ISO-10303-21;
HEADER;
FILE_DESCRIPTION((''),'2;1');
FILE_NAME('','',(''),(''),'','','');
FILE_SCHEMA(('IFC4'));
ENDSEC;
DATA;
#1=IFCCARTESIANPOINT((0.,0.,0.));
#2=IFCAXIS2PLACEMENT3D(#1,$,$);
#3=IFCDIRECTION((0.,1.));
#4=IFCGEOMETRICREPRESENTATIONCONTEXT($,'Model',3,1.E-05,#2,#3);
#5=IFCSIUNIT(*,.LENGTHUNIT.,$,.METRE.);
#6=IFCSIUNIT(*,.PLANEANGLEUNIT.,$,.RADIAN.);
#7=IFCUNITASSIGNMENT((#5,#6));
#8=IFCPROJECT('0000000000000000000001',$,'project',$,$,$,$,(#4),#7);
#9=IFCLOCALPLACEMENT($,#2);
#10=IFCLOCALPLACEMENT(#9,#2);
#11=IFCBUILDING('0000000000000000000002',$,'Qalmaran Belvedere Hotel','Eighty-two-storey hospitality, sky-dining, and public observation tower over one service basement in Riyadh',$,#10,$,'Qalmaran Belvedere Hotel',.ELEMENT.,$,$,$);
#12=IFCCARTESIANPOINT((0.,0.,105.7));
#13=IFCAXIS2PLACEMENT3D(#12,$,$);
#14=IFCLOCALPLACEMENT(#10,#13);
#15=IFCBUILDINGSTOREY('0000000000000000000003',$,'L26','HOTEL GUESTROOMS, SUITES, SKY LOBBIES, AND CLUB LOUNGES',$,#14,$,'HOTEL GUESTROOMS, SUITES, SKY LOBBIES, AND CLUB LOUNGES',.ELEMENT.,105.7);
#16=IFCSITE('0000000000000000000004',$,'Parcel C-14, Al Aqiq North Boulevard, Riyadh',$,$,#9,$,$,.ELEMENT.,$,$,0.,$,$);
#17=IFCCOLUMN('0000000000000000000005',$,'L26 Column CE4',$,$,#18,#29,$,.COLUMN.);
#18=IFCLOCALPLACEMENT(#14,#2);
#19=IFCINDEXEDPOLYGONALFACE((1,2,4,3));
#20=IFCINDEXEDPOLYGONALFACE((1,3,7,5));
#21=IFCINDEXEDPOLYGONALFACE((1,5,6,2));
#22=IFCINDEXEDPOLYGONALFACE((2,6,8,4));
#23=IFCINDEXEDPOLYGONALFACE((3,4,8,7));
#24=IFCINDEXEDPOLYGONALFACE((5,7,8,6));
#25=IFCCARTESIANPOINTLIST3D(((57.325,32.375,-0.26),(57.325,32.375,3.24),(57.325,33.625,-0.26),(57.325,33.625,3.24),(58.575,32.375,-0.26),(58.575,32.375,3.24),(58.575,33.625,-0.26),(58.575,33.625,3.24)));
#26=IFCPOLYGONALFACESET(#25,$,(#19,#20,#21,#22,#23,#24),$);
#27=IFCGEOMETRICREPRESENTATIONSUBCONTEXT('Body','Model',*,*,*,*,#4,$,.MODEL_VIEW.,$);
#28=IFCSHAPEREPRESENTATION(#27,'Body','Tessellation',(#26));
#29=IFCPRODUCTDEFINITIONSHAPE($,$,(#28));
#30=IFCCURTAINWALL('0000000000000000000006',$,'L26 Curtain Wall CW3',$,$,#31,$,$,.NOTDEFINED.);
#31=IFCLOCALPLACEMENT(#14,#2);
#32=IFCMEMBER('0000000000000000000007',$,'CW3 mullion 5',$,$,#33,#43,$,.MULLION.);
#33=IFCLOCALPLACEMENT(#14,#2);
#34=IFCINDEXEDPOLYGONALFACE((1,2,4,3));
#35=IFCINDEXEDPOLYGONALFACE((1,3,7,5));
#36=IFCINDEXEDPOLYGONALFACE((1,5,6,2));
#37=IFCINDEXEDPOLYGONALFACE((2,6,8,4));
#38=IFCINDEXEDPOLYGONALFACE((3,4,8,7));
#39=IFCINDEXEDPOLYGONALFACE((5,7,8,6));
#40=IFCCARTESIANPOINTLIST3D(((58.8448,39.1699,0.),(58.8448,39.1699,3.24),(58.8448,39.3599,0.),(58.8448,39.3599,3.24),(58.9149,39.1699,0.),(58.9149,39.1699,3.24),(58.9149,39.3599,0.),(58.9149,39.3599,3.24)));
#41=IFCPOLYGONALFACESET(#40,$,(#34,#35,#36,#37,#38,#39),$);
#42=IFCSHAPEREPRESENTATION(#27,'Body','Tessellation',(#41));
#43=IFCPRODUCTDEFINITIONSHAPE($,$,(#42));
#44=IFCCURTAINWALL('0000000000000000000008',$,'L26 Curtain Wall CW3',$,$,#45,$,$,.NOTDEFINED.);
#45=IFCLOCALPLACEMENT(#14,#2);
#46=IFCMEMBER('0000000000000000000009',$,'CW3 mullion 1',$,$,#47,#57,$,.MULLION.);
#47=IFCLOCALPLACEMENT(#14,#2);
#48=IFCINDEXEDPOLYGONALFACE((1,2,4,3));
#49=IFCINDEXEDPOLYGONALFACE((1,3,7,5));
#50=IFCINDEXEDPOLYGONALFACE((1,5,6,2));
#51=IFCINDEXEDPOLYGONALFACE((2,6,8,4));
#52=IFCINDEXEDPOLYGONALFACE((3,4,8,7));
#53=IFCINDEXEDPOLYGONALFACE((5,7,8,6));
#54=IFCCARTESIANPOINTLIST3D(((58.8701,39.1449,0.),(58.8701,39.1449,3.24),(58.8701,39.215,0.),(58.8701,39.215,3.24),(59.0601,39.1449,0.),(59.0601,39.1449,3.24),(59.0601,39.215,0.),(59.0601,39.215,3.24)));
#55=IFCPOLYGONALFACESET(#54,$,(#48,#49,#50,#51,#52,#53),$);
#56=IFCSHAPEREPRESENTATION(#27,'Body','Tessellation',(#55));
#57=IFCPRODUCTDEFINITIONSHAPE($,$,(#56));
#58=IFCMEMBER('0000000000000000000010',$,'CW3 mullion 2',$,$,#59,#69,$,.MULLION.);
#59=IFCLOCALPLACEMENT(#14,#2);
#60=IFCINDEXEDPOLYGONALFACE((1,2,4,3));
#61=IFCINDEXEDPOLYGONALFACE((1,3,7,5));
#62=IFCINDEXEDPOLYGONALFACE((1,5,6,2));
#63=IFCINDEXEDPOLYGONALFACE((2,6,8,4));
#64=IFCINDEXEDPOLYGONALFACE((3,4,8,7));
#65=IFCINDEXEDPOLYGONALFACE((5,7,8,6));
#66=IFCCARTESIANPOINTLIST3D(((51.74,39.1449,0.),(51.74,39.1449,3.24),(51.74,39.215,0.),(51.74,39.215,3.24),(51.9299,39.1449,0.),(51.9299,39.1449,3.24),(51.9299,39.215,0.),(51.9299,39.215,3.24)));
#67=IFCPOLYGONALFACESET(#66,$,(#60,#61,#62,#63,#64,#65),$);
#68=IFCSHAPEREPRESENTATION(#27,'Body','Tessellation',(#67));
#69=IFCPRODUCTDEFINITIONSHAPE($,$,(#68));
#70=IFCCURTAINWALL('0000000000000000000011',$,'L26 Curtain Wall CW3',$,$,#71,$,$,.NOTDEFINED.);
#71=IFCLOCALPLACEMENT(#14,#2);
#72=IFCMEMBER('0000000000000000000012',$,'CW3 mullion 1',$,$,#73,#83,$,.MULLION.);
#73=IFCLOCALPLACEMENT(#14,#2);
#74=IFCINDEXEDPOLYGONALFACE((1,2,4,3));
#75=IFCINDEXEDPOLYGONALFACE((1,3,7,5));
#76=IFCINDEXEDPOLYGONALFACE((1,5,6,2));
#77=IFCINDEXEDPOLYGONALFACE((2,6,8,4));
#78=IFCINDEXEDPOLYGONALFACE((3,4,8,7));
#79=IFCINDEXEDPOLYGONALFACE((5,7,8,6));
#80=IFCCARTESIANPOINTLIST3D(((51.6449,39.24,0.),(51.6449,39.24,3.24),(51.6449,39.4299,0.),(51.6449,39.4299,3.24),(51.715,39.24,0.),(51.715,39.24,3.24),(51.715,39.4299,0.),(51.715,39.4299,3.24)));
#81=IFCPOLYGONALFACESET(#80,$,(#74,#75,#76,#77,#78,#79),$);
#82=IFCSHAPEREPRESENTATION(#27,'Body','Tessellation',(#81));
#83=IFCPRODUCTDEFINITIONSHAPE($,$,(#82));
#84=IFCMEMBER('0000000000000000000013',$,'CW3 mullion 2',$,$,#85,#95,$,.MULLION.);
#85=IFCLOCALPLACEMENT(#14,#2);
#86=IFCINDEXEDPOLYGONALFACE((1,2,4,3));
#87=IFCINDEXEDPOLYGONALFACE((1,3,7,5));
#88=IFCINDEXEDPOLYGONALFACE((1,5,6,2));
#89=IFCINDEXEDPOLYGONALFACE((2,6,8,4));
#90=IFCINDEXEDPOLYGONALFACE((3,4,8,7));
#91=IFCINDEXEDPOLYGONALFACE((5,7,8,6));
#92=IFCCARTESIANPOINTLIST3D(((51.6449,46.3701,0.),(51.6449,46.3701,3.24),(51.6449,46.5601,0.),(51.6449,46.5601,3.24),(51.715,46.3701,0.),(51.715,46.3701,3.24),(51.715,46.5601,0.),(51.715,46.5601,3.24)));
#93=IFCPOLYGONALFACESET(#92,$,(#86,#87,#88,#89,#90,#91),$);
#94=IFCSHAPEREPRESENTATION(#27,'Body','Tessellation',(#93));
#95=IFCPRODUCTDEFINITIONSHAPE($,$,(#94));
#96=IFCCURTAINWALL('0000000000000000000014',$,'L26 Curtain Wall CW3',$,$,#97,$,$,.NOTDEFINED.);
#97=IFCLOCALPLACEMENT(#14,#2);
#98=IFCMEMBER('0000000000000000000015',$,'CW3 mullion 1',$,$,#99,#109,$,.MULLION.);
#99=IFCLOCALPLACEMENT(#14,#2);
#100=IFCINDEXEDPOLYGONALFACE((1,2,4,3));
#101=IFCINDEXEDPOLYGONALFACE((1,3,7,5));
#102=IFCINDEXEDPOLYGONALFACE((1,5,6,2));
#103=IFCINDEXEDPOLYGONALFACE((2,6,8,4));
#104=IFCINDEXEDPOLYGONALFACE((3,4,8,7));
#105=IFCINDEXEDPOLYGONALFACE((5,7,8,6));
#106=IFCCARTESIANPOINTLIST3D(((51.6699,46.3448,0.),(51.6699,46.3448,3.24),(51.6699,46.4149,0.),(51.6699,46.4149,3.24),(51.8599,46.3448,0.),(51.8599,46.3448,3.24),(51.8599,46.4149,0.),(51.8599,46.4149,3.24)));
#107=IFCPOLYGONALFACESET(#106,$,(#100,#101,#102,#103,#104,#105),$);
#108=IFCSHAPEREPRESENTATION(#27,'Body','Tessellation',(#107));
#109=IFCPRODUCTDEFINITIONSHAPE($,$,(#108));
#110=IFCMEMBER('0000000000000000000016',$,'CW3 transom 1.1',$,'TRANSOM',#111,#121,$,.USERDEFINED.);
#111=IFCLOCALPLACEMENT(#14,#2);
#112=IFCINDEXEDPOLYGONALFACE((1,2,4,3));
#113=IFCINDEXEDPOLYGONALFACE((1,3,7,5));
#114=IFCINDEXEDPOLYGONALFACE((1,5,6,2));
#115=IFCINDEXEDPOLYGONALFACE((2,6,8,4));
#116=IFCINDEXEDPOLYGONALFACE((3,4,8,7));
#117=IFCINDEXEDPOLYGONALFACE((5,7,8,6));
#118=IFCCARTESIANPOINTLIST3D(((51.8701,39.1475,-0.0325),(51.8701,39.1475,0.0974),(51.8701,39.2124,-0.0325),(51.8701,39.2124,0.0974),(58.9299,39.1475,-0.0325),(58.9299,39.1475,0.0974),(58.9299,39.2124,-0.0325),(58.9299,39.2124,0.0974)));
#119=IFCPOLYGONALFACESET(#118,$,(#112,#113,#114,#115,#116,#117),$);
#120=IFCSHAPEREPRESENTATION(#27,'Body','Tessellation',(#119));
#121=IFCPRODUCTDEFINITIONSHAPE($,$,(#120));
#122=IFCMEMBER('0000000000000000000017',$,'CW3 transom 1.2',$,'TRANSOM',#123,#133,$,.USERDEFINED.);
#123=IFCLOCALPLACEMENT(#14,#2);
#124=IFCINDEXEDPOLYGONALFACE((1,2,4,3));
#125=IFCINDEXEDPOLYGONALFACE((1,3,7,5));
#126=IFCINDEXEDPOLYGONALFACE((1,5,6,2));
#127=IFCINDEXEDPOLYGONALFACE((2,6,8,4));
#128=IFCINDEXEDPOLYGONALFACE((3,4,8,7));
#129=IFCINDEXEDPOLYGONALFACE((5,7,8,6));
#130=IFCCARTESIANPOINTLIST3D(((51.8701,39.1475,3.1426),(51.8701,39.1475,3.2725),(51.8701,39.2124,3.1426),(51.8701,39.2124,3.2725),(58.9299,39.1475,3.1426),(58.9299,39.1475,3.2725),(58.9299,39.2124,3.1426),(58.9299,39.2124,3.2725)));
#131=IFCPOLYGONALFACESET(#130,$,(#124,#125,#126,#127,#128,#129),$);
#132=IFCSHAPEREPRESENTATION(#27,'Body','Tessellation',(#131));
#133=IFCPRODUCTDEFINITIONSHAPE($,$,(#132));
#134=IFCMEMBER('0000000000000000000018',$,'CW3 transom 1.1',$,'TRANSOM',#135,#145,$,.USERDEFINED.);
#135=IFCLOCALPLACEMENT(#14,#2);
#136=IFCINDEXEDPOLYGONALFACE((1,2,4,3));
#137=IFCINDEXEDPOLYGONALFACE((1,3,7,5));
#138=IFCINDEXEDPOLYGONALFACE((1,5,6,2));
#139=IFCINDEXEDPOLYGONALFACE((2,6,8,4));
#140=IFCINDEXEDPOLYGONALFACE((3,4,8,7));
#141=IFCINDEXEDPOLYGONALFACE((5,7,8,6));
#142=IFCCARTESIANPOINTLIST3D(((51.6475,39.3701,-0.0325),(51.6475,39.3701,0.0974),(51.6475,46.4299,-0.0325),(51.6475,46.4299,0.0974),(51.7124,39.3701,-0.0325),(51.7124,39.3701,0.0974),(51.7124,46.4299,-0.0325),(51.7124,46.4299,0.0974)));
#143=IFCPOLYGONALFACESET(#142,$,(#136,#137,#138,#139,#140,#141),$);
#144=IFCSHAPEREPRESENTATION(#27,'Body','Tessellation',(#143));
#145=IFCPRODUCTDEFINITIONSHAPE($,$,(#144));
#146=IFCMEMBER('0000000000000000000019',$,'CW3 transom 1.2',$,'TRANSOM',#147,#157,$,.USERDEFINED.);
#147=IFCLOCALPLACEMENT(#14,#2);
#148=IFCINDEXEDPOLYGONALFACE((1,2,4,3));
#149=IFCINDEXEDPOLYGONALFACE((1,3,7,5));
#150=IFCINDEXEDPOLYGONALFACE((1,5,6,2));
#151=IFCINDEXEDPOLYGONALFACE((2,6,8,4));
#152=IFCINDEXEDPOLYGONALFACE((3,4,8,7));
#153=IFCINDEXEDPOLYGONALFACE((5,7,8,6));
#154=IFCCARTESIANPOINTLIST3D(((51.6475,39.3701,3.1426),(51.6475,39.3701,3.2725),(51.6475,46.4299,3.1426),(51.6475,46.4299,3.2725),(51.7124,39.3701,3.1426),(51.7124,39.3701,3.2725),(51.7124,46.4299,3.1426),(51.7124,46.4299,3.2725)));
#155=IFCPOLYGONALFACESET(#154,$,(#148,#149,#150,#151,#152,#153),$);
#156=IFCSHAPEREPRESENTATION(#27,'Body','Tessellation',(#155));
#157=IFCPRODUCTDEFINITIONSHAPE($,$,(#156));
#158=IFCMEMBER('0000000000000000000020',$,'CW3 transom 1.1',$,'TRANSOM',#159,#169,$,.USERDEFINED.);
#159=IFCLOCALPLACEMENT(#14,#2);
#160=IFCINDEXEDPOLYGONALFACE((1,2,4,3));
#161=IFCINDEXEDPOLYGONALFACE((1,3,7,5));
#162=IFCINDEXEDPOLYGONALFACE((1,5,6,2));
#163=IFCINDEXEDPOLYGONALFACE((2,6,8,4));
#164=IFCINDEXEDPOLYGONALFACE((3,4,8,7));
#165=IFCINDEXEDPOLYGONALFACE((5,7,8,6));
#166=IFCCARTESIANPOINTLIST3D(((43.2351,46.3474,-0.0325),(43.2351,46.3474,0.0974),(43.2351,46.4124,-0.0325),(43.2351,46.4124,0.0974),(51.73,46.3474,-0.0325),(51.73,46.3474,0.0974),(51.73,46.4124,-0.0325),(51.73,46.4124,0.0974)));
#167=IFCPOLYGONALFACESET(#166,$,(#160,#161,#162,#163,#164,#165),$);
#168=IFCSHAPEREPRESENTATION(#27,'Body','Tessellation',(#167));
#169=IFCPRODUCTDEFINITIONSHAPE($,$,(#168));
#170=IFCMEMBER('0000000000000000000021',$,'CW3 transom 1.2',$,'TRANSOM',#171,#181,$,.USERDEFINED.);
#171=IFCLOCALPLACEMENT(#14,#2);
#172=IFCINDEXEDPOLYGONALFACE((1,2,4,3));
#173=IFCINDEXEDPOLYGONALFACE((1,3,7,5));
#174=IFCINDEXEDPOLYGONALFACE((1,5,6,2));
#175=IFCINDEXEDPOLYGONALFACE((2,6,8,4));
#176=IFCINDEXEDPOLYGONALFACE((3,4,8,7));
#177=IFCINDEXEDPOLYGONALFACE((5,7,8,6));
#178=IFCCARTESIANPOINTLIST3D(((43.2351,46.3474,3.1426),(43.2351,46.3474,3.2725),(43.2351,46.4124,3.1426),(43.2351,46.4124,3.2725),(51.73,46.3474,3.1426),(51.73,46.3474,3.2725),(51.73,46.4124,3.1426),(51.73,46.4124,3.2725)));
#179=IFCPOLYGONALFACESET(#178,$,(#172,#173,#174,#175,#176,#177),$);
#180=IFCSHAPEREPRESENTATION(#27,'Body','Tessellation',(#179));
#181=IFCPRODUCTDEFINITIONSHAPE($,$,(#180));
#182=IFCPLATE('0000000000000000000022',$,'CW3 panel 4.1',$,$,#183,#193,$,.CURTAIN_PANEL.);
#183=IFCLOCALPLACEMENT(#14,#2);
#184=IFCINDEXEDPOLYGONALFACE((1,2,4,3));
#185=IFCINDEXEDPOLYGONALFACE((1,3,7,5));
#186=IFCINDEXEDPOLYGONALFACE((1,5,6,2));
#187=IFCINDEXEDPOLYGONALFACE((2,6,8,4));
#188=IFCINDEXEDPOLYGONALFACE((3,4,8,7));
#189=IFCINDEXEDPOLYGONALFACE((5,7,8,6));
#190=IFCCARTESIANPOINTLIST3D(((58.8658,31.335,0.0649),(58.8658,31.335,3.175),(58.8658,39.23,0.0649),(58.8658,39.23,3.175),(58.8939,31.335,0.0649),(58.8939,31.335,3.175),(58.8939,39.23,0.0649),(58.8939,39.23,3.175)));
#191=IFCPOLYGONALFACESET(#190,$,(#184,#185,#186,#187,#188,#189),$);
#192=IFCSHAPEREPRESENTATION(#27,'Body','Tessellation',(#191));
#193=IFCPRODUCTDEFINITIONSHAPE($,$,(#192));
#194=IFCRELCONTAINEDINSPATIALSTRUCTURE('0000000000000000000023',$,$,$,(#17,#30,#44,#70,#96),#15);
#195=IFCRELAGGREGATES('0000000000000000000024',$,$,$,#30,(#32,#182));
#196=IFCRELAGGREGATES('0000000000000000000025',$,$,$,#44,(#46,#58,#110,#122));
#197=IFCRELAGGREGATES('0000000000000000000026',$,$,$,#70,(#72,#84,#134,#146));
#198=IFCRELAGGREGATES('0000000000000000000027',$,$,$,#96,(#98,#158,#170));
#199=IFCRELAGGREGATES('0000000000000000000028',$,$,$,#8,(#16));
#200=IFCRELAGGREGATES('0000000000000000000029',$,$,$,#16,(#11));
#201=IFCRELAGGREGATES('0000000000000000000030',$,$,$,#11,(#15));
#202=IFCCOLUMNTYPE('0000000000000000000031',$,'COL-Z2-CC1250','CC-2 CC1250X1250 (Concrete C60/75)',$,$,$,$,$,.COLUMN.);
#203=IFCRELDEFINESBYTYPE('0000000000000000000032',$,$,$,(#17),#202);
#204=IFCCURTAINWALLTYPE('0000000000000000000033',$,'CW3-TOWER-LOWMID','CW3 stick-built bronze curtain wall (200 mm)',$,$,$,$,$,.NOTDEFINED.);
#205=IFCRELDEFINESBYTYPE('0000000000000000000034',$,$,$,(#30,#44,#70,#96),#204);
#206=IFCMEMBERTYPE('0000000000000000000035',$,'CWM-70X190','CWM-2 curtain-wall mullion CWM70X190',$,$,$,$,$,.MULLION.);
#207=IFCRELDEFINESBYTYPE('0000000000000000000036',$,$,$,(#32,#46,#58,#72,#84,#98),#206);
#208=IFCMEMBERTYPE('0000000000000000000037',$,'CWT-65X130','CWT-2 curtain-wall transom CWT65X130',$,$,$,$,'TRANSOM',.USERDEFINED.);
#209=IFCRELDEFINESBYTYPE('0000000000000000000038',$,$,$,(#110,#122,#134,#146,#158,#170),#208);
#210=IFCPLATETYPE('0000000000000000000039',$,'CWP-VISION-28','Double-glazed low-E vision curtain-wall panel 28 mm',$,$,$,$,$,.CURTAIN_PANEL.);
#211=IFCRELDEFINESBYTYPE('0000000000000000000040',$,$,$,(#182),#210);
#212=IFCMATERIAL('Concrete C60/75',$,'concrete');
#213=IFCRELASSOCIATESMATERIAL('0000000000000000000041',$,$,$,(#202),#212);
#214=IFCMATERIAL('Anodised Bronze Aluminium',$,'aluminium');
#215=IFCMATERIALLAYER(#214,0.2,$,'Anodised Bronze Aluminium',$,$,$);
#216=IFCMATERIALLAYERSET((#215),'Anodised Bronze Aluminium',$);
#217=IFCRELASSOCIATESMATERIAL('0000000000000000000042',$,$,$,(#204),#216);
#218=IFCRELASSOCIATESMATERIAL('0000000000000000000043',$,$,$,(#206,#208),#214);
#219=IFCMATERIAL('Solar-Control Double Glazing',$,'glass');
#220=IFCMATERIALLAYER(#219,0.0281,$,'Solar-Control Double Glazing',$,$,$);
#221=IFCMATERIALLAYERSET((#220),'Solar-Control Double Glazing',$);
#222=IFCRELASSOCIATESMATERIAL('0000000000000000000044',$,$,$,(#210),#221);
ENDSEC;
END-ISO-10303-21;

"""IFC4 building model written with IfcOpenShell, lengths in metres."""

from ifc_helpers import new_model, si_unit, direction, frame, origin, origin_2d, place, context, subcontext, project, spatial, rectangle, extrude, material, layer, layer_set, material_profile, profile_set, type_object, element, aggregate, save


model = new_model("IFC4")

# Units and contexts
model_context = context("Model", 3, precision=1e-05, world=origin(), true_north=direction((0.0, 1.0)))
body_context = subcontext(model_context, "Body", "Model", "MODEL_VIEW")
ifc_project = project(units=[si_unit("LENGTHUNIT", "METRE"), si_unit("PLANEANGLEUNIT", "RADIAN")], contexts=[model_context])

# Site, building, storey
site_placement = place(None, origin())
site = spatial("IfcSite", under=ifc_project, at=site_placement, Name="Parcel C-14, Al Aqiq North Boulevard, Riyadh", CompositionType="ELEMENT", RefElevation=0.0)
building_placement = place(site_placement, origin())
building = spatial("IfcBuilding", under=site, at=building_placement, Name="Qalmaran Belvedere Hotel", Description="Eighty-two-storey hospitality, sky-dining, and public observation tower over one service basement in Riyadh", LongName="Qalmaran Belvedere Hotel", CompositionType="ELEMENT")
storey_placement = place(building_placement, frame((0.0, 0.0, 105.7)))
storey = spatial("IfcBuildingStorey", under=building, at=storey_placement, Name="L26", Description="HOTEL GUESTROOMS, SUITES, SKY LOBBIES, AND CLUB LOUNGES", LongName="HOTEL GUESTROOMS, SUITES, SKY LOBBIES, AND CLUB LOUNGES", CompositionType="ELEMENT", Elevation=105.7)

# Column
ifc_material_1 = material(Name="Concrete C60/75", Category="concrete")
ifc_material_profile_1 = material_profile(ifc_material_1, rectangle(XDim=1.25, YDim=1.25, at=origin_2d()), Name="CC1250X1250")
ifc_profile_set_1 = profile_set([ifc_material_profile_1], Name="Concrete C60/75")
column_type = type_object("IfcColumnType", Name="COL-Z2-CC1250", Description="CC-2 CC1250X1250 (Concrete C60/75)", PredefinedType="COLUMN", material=ifc_profile_set_1)
column_placement = place(storey_placement, frame((57.95, 33.0, -0.26), z_axis=(0.0, 0.0, 1.0), x_axis=(1.0, 0.0, 0.0)))
element("IfcColumn", 1, at=column_placement, inside=storey, type_object=column_type, Name="L26 Column CE4", PredefinedType="COLUMN", context=body_context, shape_type="SweptSolid", body=[
    extrude(rectangle(XDim=1.25, YDim=1.25, at=origin_2d()), origin(), (0.0, 0.0, 1.0), 3.5),
])

# Curtain wall, member
ifc_material_2 = material(Name="Anodised Bronze Aluminium", Category="aluminium")
ifc_layer_1 = layer(ifc_material_2, 0.2, Name="Anodised Bronze Aluminium")
ifc_layer_set_1 = layer_set([ifc_layer_1], Name="Anodised Bronze Aluminium")
curtain_wall_type = type_object("IfcCurtainWallType", Name="CW3-TOWER-LOWMID", Description="CW3 stick-built bronze curtain wall (200 mm)", PredefinedType="NOTDEFINED", material=ifc_layer_set_1)
curtain_wall_1_placement = place(storey_placement, origin())
curtain_wall_1 = element("IfcCurtainWall", 2, at=curtain_wall_1_placement, inside=storey, type_object=curtain_wall_type, Name="L26 Curtain Wall CW3", PredefinedType="NOTDEFINED")
ifc_material_profile_2 = material_profile(ifc_material_2, rectangle(XDim=0.0701, YDim=0.1899, at=origin_2d()), Name="CWM70X190")
ifc_profile_set_2 = profile_set([ifc_material_profile_2], Name="Anodised Bronze Aluminium")
member_type_1 = type_object("IfcMemberType", Name="CWM-70X190", Description="CWM-2 curtain-wall mullion CWM70X190", PredefinedType="MULLION", material=ifc_profile_set_2)
member_1_placement = place(storey_placement, frame((58.8799, 39.2649, 0.0), z_axis=(0.0, 0.0, 1.0), x_axis=(-1.0, 0.0, 0.0)))
member_1 = element("IfcMember", 3, at=member_1_placement, type_object=member_type_1, Name="CW3 mullion 5", PredefinedType="MULLION", context=body_context, shape_type="SweptSolid", body=[
    extrude(rectangle(XDim=0.0701, YDim=0.1899, at=origin_2d()), origin(), (0.0, 0.0, 1.0), 3.24),
])

# Curtain walls, members
curtain_wall_2_placement = place(storey_placement, origin())
curtain_wall_2 = element("IfcCurtainWall", 4, at=curtain_wall_2_placement, inside=storey, type_object=curtain_wall_type, Name="L26 Curtain Wall CW3", PredefinedType="NOTDEFINED")
member_2_placement = place(storey_placement, frame((58.9651, 39.1799, 0.0), z_axis=(0.0, 0.0, 1.0), x_axis=(0.0, -1.0, 0.0)))
member_2 = element("IfcMember", 5, at=member_2_placement, type_object=member_type_1, Name="CW3 mullion 1", PredefinedType="MULLION", context=body_context, shape_type="SweptSolid", body=[
    extrude(rectangle(XDim=0.0701, YDim=0.1899, at=origin_2d()), origin(), (0.0, 0.0, 1.0), 3.24),
])
member_3_placement = place(storey_placement, frame((51.835, 39.1799, 0.0), z_axis=(0.0, 0.0, 1.0), x_axis=(0.0, -1.0, 0.0)))
member_3 = element("IfcMember", 6, at=member_3_placement, type_object=member_type_1, Name="CW3 mullion 2", PredefinedType="MULLION", context=body_context, shape_type="SweptSolid", body=[
    extrude(rectangle(XDim=0.0701, YDim=0.1899, at=origin_2d()), origin(), (0.0, 0.0, 1.0), 3.24),
])
curtain_wall_3_placement = place(storey_placement, origin())
curtain_wall_3 = element("IfcCurtainWall", 7, at=curtain_wall_3_placement, inside=storey, type_object=curtain_wall_type, Name="L26 Curtain Wall CW3", PredefinedType="NOTDEFINED")
member_4_placement = place(storey_placement, frame((51.6799, 39.335, 0.0), z_axis=(0.0, 0.0, 1.0), x_axis=(-1.0, 0.0, 0.0)))
member_4 = element("IfcMember", 8, at=member_4_placement, type_object=member_type_1, Name="CW3 mullion 1", PredefinedType="MULLION", context=body_context, shape_type="SweptSolid", body=[
    extrude(rectangle(XDim=0.0701, YDim=0.1899, at=origin_2d()), origin(), (0.0, 0.0, 1.0), 3.24),
])
member_5_placement = place(storey_placement, frame((51.6799, 46.4651, 0.0), z_axis=(0.0, 0.0, 1.0), x_axis=(-1.0, 0.0, 0.0)))
member_5 = element("IfcMember", 9, at=member_5_placement, type_object=member_type_1, Name="CW3 mullion 2", PredefinedType="MULLION", context=body_context, shape_type="SweptSolid", body=[
    extrude(rectangle(XDim=0.0701, YDim=0.1899, at=origin_2d()), origin(), (0.0, 0.0, 1.0), 3.24),
])

# Curtain wall, member
curtain_wall_4_placement = place(storey_placement, origin())
curtain_wall_4 = element("IfcCurtainWall", 10, at=curtain_wall_4_placement, inside=storey, type_object=curtain_wall_type, Name="L26 Curtain Wall CW3", PredefinedType="NOTDEFINED")
member_6_placement = place(storey_placement, frame((51.7649, 46.3799, 0.0), z_axis=(0.0, 0.0, 1.0), x_axis=(0.0, -1.0, 0.0)))
member_6 = element("IfcMember", 11, at=member_6_placement, type_object=member_type_1, Name="CW3 mullion 1", PredefinedType="MULLION", context=body_context, shape_type="SweptSolid", body=[
    extrude(rectangle(XDim=0.0701, YDim=0.1899, at=origin_2d()), origin(), (0.0, 0.0, 1.0), 3.24),
])

# Members
ifc_material_profile_3 = material_profile(ifc_material_2, rectangle(XDim=0.0649, YDim=0.1299, at=origin_2d()), Name="CWT65X130")
ifc_profile_set_3 = profile_set([ifc_material_profile_3], Name="Anodised Bronze Aluminium")
member_type_2 = type_object("IfcMemberType", Name="CWT-65X130", Description="CWT-2 curtain-wall transom CWT65X130", ElementType="TRANSOM", PredefinedType="USERDEFINED", material=ifc_profile_set_3)
member_7_placement = place(storey_placement, frame((58.9299, 39.1799, 0.0325), z_axis=(-1.0, 0.0, 0.0), x_axis=(0.0, -1.0, 0.0)))
member_7 = element("IfcMember", 12, at=member_7_placement, type_object=member_type_2, Name="CW3 transom 1.1", ObjectType="TRANSOM", PredefinedType="USERDEFINED", context=body_context, shape_type="SweptSolid", body=[
    extrude(rectangle(XDim=0.0649, YDim=0.1299, at=origin_2d()), origin(), (0.0, 0.0, 1.0), 7.0598),
])
member_8_placement = place(storey_placement, frame((58.9299, 39.1799, 3.2075), z_axis=(-1.0, 0.0, 0.0), x_axis=(0.0, -1.0, 0.0)))
member_8 = element("IfcMember", 13, at=member_8_placement, type_object=member_type_2, Name="CW3 transom 1.2", ObjectType="TRANSOM", PredefinedType="USERDEFINED", context=body_context, shape_type="SweptSolid", body=[
    extrude(rectangle(XDim=0.0649, YDim=0.1299, at=origin_2d()), origin(), (0.0, 0.0, 1.0), 7.0598),
])
member_9_placement = place(storey_placement, frame((51.6799, 39.3701, 0.0325), z_axis=(0.0, 1.0, 0.0), x_axis=(-1.0, 0.0, 0.0)))
member_9 = element("IfcMember", 14, at=member_9_placement, type_object=member_type_2, Name="CW3 transom 1.1", ObjectType="TRANSOM", PredefinedType="USERDEFINED", context=body_context, shape_type="SweptSolid", body=[
    extrude(rectangle(XDim=0.0649, YDim=0.1299, at=origin_2d()), origin(), (0.0, 0.0, 1.0), 7.0598),
])
member_10_placement = place(storey_placement, frame((51.6799, 39.3701, 3.2075), z_axis=(0.0, 1.0, 0.0), x_axis=(-1.0, 0.0, 0.0)))
member_10 = element("IfcMember", 15, at=member_10_placement, type_object=member_type_2, Name="CW3 transom 1.2", ObjectType="TRANSOM", PredefinedType="USERDEFINED", context=body_context, shape_type="SweptSolid", body=[
    extrude(rectangle(XDim=0.0649, YDim=0.1299, at=origin_2d()), origin(), (0.0, 0.0, 1.0), 7.0598),
])
member_11_placement = place(storey_placement, frame((51.73, 46.3799, 0.0325), z_axis=(-1.0, 0.0, 0.0), x_axis=(0.0, -1.0, 0.0)))
member_11 = element("IfcMember", 16, at=member_11_placement, type_object=member_type_2, Name="CW3 transom 1.1", ObjectType="TRANSOM", PredefinedType="USERDEFINED", context=body_context, shape_type="SweptSolid", body=[
    extrude(rectangle(XDim=0.0649, YDim=0.1299, at=origin_2d()), origin(), (0.0, 0.0, 1.0), 8.4949),
])
member_12_placement = place(storey_placement, frame((51.73, 46.3799, 3.2075), z_axis=(-1.0, 0.0, 0.0), x_axis=(0.0, -1.0, 0.0)))
member_12 = element("IfcMember", 17, at=member_12_placement, type_object=member_type_2, Name="CW3 transom 1.2", ObjectType="TRANSOM", PredefinedType="USERDEFINED", context=body_context, shape_type="SweptSolid", body=[
    extrude(rectangle(XDim=0.0649, YDim=0.1299, at=origin_2d()), origin(), (0.0, 0.0, 1.0), 8.4949),
])

# Plate
ifc_material_3 = material(Name="Solar-Control Double Glazing", Category="glass")
ifc_layer_2 = layer(ifc_material_3, 0.0281, Name="Solar-Control Double Glazing")
ifc_layer_set_2 = layer_set([ifc_layer_2], Name="Solar-Control Double Glazing")
plate_type = type_object("IfcPlateType", Name="CWP-VISION-28", Description="Double-glazed low-E vision curtain-wall panel 28 mm", PredefinedType="CURTAIN_PANEL", material=ifc_layer_set_2)
plate_1_placement = place(storey_placement, frame((58.8799, 35.2825, 0.0649), z_axis=(0.0, 0.0, 1.0), x_axis=(0.0, 1.0, 0.0)))
plate_1 = element("IfcPlate", 18, at=plate_1_placement, type_object=plate_type, Name="CW3 panel 4.1", PredefinedType="CURTAIN_PANEL", context=body_context, shape_type="SweptSolid", body=[
    extrude(rectangle(XDim=7.895, YDim=0.0281, at=origin_2d()), origin(), (0.0, 0.0, 1.0), 3.1101),
])
aggregate(curtain_wall_1, [member_1, plate_1])
aggregate(curtain_wall_2, [member_2, member_3, member_7, member_8])
aggregate(curtain_wall_3, [member_4, member_5, member_9, member_10])
aggregate(curtain_wall_4, [member_6, member_11, member_12])

save(model, "model.ifc")
